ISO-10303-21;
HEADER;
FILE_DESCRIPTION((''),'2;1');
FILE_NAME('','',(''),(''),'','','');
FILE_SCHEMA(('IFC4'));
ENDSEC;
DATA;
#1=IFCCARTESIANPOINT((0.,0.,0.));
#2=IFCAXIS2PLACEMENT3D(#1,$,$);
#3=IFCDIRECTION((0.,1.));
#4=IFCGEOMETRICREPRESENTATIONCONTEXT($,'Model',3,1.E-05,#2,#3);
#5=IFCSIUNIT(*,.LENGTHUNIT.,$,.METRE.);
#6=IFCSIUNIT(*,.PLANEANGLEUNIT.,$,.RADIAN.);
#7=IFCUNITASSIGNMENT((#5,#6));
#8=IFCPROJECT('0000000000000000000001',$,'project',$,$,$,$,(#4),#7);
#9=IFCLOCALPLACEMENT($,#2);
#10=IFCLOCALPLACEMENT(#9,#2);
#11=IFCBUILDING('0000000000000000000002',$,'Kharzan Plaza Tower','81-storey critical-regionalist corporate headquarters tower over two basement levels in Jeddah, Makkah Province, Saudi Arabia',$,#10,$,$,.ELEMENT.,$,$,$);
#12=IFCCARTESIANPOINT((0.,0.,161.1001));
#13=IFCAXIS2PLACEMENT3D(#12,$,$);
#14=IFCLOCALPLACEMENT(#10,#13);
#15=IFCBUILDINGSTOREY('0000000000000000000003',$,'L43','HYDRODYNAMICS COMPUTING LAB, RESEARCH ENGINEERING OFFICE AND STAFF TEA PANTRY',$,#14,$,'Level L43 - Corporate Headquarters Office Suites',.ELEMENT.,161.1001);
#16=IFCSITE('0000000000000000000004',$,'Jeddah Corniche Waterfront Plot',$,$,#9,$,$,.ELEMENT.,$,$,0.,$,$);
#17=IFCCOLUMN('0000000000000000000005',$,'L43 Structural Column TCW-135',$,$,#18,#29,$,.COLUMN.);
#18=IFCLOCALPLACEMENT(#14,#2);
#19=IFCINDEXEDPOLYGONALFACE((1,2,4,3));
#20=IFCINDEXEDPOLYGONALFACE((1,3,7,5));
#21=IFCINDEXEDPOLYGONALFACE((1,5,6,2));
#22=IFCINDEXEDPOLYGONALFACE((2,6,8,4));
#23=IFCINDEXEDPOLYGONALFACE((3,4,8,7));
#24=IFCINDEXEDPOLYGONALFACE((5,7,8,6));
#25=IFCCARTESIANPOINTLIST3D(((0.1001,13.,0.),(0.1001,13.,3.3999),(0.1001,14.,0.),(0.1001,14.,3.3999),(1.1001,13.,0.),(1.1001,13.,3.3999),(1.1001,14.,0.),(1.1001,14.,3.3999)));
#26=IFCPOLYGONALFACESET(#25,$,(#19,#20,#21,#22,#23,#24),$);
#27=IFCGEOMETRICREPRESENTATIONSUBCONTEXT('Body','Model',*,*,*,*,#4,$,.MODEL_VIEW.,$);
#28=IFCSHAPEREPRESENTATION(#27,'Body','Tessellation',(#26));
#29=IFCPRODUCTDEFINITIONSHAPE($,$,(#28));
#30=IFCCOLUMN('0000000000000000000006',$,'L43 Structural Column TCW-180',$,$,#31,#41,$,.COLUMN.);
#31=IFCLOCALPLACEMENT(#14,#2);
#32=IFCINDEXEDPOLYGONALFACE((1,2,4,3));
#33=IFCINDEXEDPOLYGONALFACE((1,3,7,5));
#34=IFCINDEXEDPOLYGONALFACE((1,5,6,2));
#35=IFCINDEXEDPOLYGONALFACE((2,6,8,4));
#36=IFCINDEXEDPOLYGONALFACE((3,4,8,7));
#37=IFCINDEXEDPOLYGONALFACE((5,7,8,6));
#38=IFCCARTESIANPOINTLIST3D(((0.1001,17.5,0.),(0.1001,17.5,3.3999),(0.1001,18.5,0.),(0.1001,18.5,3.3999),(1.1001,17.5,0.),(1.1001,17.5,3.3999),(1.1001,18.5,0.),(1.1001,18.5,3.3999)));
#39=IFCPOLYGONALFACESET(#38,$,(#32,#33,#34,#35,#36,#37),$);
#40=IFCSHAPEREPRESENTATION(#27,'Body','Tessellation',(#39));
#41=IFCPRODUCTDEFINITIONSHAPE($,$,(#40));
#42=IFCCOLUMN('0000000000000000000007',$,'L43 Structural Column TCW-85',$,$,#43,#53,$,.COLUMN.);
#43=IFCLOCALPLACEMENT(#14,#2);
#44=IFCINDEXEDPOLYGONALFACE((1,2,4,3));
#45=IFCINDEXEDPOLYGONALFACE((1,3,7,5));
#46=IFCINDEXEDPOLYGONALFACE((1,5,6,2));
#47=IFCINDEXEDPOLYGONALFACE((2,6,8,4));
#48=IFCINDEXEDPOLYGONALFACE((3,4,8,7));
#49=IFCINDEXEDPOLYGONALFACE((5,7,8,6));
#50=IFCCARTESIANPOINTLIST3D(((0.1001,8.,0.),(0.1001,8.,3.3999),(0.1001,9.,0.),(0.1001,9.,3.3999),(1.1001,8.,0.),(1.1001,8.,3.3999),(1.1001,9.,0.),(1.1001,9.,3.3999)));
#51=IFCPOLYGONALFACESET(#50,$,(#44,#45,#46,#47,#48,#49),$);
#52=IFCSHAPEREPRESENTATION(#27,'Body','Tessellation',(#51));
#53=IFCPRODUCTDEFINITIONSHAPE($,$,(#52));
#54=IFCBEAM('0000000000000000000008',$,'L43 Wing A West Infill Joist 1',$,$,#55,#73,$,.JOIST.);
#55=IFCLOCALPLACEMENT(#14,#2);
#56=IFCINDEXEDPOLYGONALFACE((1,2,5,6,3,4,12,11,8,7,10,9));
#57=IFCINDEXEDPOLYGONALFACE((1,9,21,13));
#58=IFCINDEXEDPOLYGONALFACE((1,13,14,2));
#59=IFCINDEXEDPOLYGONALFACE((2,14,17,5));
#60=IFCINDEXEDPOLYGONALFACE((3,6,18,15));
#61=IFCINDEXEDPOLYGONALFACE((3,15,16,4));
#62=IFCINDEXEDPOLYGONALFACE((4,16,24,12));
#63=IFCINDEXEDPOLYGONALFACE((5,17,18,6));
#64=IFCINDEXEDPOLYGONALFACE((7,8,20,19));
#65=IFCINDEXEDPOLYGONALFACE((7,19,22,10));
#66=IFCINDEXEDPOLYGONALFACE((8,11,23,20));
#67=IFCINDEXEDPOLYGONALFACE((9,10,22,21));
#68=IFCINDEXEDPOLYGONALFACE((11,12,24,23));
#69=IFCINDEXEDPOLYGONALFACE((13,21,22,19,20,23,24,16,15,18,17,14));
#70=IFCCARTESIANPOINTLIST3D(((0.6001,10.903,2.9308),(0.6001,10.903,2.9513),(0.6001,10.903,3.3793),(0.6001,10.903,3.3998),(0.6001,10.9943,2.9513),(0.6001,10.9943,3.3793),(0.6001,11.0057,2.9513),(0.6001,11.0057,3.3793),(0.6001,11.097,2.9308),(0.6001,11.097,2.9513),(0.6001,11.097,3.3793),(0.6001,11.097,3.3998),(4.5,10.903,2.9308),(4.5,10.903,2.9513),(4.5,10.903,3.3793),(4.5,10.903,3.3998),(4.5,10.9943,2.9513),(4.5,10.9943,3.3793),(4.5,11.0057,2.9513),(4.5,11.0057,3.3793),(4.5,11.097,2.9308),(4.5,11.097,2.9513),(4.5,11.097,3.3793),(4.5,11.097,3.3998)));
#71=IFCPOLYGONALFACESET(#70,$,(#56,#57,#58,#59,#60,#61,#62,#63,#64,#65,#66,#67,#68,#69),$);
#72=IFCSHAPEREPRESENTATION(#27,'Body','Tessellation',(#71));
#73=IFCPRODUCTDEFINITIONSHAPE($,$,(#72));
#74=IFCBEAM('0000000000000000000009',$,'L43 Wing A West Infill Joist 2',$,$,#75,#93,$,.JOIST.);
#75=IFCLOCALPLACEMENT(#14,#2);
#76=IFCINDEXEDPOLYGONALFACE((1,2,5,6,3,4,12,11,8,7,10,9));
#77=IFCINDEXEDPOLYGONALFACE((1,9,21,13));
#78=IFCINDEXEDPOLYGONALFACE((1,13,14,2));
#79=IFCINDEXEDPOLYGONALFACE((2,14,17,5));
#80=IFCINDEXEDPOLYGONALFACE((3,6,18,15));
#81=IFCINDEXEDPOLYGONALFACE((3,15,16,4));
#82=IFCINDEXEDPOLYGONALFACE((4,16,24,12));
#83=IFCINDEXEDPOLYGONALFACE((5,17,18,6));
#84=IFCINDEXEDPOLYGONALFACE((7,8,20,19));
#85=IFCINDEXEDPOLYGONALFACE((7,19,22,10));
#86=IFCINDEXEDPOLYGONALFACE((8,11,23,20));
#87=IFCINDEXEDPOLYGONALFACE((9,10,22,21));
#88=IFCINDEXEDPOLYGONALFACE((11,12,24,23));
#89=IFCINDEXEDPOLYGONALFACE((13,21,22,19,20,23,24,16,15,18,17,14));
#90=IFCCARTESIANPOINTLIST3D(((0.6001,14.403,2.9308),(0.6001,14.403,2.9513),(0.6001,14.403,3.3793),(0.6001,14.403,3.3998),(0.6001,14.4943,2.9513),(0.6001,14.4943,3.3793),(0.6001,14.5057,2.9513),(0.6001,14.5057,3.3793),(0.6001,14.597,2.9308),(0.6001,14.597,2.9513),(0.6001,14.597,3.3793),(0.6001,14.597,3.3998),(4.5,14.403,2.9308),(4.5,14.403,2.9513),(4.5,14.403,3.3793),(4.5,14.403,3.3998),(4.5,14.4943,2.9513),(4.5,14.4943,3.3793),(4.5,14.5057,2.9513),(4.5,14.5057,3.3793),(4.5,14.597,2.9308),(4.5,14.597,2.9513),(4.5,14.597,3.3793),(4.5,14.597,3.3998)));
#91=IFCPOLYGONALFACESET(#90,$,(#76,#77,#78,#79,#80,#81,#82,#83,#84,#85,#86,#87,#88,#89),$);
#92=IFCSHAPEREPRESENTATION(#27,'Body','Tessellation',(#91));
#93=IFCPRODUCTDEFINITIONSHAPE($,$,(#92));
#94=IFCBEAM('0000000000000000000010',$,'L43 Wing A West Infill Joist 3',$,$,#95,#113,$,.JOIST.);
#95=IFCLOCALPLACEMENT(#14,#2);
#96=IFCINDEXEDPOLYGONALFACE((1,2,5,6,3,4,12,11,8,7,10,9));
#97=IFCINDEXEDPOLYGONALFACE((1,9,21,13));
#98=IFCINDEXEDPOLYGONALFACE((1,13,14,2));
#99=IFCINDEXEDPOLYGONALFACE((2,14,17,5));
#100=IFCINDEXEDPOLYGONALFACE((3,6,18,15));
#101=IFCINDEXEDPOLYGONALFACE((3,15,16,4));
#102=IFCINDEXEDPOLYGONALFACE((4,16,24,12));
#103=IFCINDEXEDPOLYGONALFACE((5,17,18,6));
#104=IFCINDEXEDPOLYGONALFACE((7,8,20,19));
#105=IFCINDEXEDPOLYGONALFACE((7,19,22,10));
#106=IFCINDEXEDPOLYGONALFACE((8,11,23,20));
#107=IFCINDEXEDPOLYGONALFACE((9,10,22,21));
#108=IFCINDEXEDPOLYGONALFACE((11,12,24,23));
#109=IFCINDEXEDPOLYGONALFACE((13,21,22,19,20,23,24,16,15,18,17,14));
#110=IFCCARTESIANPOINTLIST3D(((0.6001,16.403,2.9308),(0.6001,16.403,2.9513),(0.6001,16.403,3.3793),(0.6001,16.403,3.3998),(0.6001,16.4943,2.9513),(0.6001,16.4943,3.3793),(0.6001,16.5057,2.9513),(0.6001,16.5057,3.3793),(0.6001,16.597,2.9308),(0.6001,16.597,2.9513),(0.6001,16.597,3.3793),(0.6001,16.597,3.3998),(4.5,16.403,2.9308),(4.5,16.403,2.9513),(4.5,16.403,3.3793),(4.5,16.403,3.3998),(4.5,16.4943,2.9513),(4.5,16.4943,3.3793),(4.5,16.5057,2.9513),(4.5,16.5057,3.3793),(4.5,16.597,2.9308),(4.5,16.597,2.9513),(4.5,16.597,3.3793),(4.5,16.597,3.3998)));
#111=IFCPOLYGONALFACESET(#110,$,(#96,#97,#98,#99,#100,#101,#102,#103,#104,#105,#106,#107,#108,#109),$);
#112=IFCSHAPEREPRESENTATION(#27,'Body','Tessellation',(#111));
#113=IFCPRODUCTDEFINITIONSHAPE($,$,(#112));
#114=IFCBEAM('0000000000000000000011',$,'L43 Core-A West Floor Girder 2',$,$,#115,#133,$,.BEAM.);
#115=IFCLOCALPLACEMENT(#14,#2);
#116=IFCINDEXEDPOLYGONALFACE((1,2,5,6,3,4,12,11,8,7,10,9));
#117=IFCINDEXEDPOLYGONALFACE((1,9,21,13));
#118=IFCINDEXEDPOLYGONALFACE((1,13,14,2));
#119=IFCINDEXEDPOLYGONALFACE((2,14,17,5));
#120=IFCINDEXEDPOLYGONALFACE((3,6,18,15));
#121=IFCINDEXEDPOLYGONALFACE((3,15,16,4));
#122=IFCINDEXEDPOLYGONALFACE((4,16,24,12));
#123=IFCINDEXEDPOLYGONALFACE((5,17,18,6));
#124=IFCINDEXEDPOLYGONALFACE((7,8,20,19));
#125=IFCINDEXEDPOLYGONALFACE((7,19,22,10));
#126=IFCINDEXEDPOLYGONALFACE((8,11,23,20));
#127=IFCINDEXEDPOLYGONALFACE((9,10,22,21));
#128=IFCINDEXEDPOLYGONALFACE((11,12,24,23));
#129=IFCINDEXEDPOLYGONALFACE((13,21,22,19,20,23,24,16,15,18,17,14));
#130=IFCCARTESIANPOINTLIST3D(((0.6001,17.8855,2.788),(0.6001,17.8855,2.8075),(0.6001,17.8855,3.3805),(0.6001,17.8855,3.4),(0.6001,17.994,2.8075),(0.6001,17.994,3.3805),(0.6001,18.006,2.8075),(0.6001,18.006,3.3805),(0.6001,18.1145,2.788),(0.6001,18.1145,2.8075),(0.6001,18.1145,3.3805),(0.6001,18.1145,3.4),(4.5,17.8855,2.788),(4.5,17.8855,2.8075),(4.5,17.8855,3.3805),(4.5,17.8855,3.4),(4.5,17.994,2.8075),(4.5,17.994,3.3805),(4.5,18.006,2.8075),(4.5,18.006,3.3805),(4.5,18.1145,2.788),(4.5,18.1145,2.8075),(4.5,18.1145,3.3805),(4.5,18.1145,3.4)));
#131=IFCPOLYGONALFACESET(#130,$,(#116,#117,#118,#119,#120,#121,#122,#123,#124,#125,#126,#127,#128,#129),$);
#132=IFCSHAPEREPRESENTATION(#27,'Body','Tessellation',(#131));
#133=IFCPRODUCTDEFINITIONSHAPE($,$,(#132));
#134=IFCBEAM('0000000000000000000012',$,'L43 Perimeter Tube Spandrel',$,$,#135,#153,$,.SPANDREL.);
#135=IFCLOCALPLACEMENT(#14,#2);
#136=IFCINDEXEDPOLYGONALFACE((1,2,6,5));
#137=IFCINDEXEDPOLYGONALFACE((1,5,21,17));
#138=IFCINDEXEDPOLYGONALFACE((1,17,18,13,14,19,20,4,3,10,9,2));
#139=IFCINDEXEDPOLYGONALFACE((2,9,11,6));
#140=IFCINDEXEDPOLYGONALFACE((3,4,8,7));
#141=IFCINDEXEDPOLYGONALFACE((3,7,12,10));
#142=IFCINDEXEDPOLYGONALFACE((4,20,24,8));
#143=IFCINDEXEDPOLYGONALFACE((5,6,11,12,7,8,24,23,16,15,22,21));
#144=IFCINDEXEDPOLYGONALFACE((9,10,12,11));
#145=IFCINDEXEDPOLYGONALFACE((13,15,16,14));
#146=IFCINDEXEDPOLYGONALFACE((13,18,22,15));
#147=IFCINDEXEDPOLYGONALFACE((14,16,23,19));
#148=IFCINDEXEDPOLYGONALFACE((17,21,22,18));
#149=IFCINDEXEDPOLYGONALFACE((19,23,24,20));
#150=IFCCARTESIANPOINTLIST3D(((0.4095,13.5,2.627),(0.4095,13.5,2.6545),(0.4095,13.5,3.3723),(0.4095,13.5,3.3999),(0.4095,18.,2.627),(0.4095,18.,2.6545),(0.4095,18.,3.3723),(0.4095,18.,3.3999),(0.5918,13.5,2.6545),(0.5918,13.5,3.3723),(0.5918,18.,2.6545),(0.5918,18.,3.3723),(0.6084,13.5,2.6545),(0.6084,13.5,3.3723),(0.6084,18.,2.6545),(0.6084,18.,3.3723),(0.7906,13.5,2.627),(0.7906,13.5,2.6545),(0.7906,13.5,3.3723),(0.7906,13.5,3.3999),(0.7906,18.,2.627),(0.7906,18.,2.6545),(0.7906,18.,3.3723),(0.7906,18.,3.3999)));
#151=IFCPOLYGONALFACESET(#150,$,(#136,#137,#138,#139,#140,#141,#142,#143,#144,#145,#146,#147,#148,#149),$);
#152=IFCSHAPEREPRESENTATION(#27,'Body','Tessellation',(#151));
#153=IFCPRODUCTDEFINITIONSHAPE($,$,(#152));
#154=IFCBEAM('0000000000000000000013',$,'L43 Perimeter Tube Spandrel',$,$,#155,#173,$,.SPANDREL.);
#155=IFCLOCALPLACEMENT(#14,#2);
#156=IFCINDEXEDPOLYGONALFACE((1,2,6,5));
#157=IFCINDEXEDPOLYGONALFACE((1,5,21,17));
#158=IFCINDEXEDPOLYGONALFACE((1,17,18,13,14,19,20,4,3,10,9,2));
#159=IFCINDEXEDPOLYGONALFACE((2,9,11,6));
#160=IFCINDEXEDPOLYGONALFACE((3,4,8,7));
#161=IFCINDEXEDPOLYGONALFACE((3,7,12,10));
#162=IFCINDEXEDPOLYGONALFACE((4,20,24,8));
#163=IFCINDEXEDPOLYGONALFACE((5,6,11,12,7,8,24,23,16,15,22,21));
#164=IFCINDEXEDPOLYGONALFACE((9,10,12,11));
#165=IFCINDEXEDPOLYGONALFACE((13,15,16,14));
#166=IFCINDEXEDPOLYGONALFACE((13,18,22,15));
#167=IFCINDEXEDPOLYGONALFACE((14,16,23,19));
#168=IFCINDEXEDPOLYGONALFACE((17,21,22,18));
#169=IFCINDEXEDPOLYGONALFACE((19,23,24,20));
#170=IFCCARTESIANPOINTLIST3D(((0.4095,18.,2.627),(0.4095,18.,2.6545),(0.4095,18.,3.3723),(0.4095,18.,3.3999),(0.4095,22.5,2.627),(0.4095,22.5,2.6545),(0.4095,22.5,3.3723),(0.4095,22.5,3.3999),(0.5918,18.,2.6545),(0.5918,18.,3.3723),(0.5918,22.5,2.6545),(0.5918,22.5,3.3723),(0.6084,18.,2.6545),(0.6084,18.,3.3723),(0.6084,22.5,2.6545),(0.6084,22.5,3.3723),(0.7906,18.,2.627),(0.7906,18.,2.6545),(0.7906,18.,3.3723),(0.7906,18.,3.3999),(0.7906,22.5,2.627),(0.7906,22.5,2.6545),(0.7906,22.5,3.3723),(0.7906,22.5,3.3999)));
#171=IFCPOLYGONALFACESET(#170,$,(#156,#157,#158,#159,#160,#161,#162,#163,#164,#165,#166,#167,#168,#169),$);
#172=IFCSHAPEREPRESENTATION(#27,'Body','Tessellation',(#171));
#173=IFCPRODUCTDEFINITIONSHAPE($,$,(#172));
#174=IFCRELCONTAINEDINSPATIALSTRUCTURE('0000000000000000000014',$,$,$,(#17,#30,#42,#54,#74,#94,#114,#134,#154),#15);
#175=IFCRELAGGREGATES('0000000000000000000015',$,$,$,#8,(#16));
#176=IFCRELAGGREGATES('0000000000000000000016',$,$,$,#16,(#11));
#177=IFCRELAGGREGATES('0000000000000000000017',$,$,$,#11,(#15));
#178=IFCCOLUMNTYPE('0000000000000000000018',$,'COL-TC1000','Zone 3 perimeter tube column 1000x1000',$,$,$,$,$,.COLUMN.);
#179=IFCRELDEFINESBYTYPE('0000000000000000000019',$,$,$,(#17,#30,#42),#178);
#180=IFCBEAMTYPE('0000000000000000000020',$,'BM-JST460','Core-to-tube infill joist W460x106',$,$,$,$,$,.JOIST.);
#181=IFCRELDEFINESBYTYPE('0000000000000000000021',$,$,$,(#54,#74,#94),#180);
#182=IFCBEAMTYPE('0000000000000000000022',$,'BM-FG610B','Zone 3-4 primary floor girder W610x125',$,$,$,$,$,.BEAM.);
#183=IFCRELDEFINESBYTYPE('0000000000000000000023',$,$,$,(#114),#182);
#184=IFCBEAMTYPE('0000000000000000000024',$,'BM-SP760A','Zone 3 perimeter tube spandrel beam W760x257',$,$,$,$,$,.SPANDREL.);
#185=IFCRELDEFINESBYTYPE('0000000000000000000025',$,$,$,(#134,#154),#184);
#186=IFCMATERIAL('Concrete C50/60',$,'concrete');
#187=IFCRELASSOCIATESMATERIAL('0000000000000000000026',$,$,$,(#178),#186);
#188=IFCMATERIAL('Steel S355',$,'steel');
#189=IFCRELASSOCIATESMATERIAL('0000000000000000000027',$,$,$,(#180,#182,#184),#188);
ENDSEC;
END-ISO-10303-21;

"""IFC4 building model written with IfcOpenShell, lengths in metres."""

from ifc_helpers import new_model, si_unit, direction, frame, origin, origin_2d, place, context, subcontext, project, spatial, rectangle, i_section, extrude, source, transform, mapped, material, material_profile, profile_set, type_object, element, save


model = new_model("IFC4")

# Units and contexts
model_context = context("Model", 3, precision=1e-05, world=origin(), true_north=direction((0.0, 1.0)))
body_context = subcontext(model_context, "Body", "Model", "MODEL_VIEW")
ifc_project = project(units=[si_unit("LENGTHUNIT", "METRE"), si_unit("PLANEANGLEUNIT", "RADIAN")], contexts=[model_context])

# Site, building, storey
site_placement = place(None, origin())
site = spatial("IfcSite", under=ifc_project, at=site_placement, Name="Jeddah Corniche Waterfront Plot", CompositionType="ELEMENT", RefElevation=0.0)
building_placement = place(site_placement, origin())
building = spatial("IfcBuilding", under=site, at=building_placement, Name="Kharzan Plaza Tower", Description="81-storey critical-regionalist corporate headquarters tower over two basement levels in Jeddah, Makkah Province, Saudi Arabia", CompositionType="ELEMENT")
storey_placement = place(building_placement, frame((0.0, 0.0, 161.1001)))
storey = spatial("IfcBuildingStorey", under=building, at=storey_placement, Name="L43", Description="HYDRODYNAMICS COMPUTING LAB, RESEARCH ENGINEERING OFFICE AND STAFF TEA PANTRY", LongName="Level L43 - Corporate Headquarters Office Suites", CompositionType="ELEMENT", Elevation=161.1001)

# Columns
ifc_material_1 = material(Name="Concrete C50/60", Category="concrete")
ifc_material_profile_1 = material_profile(ifc_material_1, rectangle(XDim=1.0, YDim=1.0, at=origin_2d()), Name="RC-TC1000x1000")
ifc_profile_set_1 = profile_set([ifc_material_profile_1], Name="Concrete C50/60")
column_type = type_object("IfcColumnType", Name="COL-TC1000", Description="Zone 3 perimeter tube column 1000x1000", PredefinedType="COLUMN", material=ifc_profile_set_1)
shared_shape_1 = source(origin(), body_context, "Body", "SweptSolid", [
    extrude(rectangle(XDim=1.0, YDim=1.0, at=origin_2d()), origin(), (0.0, 0.0, 1.0), 3.3999),
])
for number, where, z_axis, x_axis, name in (
    (1, (0.6001, 13.5, 0.0), (0.0, 0.0, 1.0), (1.0, 0.0, 0.0), "L43 Structural Column TCW-135"),
    (2, (0.6001, 18.0, 0.0), (0.0, 0.0, 1.0), (1.0, 0.0, 0.0), "L43 Structural Column TCW-180"),
    (3, (0.6001, 8.5, 0.0), (0.0, 0.0, 1.0), (1.0, 0.0, 0.0), "L43 Structural Column TCW-85"),
):
    element("IfcColumn", number, at=place(storey_placement, frame(where, z_axis=z_axis, x_axis=x_axis)), inside=storey, type_object=column_type, Name=name, PredefinedType="COLUMN", context=body_context, shape_type="MappedRepresentation", body=[
        mapped(shared_shape_1, transform((0.0, 0.0, 0.0), x_axis=(1.0, 0.0, 0.0), y_axis=(0.0, 1.0, 0.0), z_axis=(0.0, 0.0, 1.0))),
    ])

# Beams
ifc_material_2 = material(Name="Steel S355", Category="steel")
ifc_material_profile_2 = material_profile(ifc_material_2, i_section(OverallWidth=0.1941, OverallDepth=0.469, WebThickness=0.0115, FlangeThickness=0.0205, at=origin_2d()), Name="W460x106")
ifc_profile_set_2 = profile_set([ifc_material_profile_2], Name="Steel S355")
beam_type_1 = type_object("IfcBeamType", Name="BM-JST460", Description="Core-to-tube infill joist W460x106", PredefinedType="JOIST", material=ifc_profile_set_2)
shared_shape_2 = source(origin(), body_context, "Body", "SweptSolid", [
    extrude(i_section(OverallWidth=0.1941, OverallDepth=0.469, WebThickness=0.0115, FlangeThickness=0.0205, at=origin_2d()), origin(), (0.0, 0.0, 1.0), 3.8999),
])
for number, where, z_axis, x_axis, name in (
    (4, (0.6001, 11.0, 3.1653), (1.0, 0.0, 0.0), (0.0, 1.0, 0.0), "L43 Wing A West Infill Joist 1"),
    (5, (0.6001, 14.5, 3.1653), (1.0, 0.0, 0.0), (0.0, 1.0, 0.0), "L43 Wing A West Infill Joist 2"),
    (6, (0.6001, 16.5, 3.1653), (1.0, 0.0, 0.0), (0.0, 1.0, 0.0), "L43 Wing A West Infill Joist 3"),
):
    element("IfcBeam", number, at=place(storey_placement, frame(where, z_axis=z_axis, x_axis=x_axis)), inside=storey, type_object=beam_type_1, Name=name, PredefinedType="JOIST", context=body_context, shape_type="MappedRepresentation", body=[
        mapped(shared_shape_2, transform((0.0, 0.0, 0.0), x_axis=(1.0, 0.0, 0.0), y_axis=(0.0, 1.0, 0.0), z_axis=(0.0, 0.0, 1.0))),
    ])
ifc_material_profile_3 = material_profile(ifc_material_2, i_section(OverallWidth=0.229, OverallDepth=0.6121, WebThickness=0.012, FlangeThickness=0.0195, at=origin_2d()), Name="W610x125")
ifc_profile_set_3 = profile_set([ifc_material_profile_3], Name="Steel S355")
beam_type_2 = type_object("IfcBeamType", Name="BM-FG610B", Description="Zone 3-4 primary floor girder W610x125", PredefinedType="BEAM", material=ifc_profile_set_3)
shared_shape_3 = source(origin(), body_context, "Body", "SweptSolid", [
    extrude(i_section(OverallWidth=0.229, OverallDepth=0.6121, WebThickness=0.012, FlangeThickness=0.0195, at=origin_2d()), origin(), (0.0, 0.0, 1.0), 3.8999),
])
beam_placement = place(storey_placement, frame((0.6001, 18.0, 3.094), z_axis=(1.0, 0.0, 0.0), x_axis=(0.0, 1.0, 0.0)))
element("IfcBeam", 7, at=beam_placement, inside=storey, type_object=beam_type_2, Name="L43 Core-A West Floor Girder 2", PredefinedType="BEAM", context=body_context, shape_type="MappedRepresentation", body=[
    mapped(shared_shape_3, transform((0.0, 0.0, 0.0), x_axis=(1.0, 0.0, 0.0), y_axis=(0.0, 1.0, 0.0), z_axis=(0.0, 0.0, 1.0))),
])
ifc_material_profile_4 = material_profile(ifc_material_2, i_section(OverallWidth=0.3811, OverallDepth=0.7729, WebThickness=0.0166, FlangeThickness=0.0276, at=origin_2d()), Name="W760x257")
ifc_profile_set_4 = profile_set([ifc_material_profile_4], Name="Steel S355")
beam_type_3 = type_object("IfcBeamType", Name="BM-SP760A", Description="Zone 3 perimeter tube spandrel beam W760x257", PredefinedType="SPANDREL", material=ifc_profile_set_4)
shared_shape_4 = source(origin(), body_context, "Body", "SweptSolid", [
    extrude(i_section(OverallWidth=0.3811, OverallDepth=0.7729, WebThickness=0.0166, FlangeThickness=0.0276, at=origin_2d()), origin(), (0.0, 0.0, 1.0), 4.5),
])
for number, where, z_axis, x_axis, name in (
    (8, (0.6001, 13.5, 3.0134), (0.0, 1.0, 0.0), (-1.0, 0.0, 0.0), "L43 Perimeter Tube Spandrel"),
    (9, (0.6001, 18.0, 3.0134), (0.0, 1.0, 0.0), (-1.0, 0.0, 0.0), "L43 Perimeter Tube Spandrel"),
):
    element("IfcBeam", number, at=place(storey_placement, frame(where, z_axis=z_axis, x_axis=x_axis)), inside=storey, type_object=beam_type_3, Name=name, PredefinedType="SPANDREL", context=body_context, shape_type="MappedRepresentation", body=[
        mapped(shared_shape_4, transform((0.0, 0.0, 0.0), x_axis=(1.0, 0.0, 0.0), y_axis=(0.0, 1.0, 0.0), z_axis=(0.0, 0.0, 1.0))),
    ])

save(model, "model.ifc")
